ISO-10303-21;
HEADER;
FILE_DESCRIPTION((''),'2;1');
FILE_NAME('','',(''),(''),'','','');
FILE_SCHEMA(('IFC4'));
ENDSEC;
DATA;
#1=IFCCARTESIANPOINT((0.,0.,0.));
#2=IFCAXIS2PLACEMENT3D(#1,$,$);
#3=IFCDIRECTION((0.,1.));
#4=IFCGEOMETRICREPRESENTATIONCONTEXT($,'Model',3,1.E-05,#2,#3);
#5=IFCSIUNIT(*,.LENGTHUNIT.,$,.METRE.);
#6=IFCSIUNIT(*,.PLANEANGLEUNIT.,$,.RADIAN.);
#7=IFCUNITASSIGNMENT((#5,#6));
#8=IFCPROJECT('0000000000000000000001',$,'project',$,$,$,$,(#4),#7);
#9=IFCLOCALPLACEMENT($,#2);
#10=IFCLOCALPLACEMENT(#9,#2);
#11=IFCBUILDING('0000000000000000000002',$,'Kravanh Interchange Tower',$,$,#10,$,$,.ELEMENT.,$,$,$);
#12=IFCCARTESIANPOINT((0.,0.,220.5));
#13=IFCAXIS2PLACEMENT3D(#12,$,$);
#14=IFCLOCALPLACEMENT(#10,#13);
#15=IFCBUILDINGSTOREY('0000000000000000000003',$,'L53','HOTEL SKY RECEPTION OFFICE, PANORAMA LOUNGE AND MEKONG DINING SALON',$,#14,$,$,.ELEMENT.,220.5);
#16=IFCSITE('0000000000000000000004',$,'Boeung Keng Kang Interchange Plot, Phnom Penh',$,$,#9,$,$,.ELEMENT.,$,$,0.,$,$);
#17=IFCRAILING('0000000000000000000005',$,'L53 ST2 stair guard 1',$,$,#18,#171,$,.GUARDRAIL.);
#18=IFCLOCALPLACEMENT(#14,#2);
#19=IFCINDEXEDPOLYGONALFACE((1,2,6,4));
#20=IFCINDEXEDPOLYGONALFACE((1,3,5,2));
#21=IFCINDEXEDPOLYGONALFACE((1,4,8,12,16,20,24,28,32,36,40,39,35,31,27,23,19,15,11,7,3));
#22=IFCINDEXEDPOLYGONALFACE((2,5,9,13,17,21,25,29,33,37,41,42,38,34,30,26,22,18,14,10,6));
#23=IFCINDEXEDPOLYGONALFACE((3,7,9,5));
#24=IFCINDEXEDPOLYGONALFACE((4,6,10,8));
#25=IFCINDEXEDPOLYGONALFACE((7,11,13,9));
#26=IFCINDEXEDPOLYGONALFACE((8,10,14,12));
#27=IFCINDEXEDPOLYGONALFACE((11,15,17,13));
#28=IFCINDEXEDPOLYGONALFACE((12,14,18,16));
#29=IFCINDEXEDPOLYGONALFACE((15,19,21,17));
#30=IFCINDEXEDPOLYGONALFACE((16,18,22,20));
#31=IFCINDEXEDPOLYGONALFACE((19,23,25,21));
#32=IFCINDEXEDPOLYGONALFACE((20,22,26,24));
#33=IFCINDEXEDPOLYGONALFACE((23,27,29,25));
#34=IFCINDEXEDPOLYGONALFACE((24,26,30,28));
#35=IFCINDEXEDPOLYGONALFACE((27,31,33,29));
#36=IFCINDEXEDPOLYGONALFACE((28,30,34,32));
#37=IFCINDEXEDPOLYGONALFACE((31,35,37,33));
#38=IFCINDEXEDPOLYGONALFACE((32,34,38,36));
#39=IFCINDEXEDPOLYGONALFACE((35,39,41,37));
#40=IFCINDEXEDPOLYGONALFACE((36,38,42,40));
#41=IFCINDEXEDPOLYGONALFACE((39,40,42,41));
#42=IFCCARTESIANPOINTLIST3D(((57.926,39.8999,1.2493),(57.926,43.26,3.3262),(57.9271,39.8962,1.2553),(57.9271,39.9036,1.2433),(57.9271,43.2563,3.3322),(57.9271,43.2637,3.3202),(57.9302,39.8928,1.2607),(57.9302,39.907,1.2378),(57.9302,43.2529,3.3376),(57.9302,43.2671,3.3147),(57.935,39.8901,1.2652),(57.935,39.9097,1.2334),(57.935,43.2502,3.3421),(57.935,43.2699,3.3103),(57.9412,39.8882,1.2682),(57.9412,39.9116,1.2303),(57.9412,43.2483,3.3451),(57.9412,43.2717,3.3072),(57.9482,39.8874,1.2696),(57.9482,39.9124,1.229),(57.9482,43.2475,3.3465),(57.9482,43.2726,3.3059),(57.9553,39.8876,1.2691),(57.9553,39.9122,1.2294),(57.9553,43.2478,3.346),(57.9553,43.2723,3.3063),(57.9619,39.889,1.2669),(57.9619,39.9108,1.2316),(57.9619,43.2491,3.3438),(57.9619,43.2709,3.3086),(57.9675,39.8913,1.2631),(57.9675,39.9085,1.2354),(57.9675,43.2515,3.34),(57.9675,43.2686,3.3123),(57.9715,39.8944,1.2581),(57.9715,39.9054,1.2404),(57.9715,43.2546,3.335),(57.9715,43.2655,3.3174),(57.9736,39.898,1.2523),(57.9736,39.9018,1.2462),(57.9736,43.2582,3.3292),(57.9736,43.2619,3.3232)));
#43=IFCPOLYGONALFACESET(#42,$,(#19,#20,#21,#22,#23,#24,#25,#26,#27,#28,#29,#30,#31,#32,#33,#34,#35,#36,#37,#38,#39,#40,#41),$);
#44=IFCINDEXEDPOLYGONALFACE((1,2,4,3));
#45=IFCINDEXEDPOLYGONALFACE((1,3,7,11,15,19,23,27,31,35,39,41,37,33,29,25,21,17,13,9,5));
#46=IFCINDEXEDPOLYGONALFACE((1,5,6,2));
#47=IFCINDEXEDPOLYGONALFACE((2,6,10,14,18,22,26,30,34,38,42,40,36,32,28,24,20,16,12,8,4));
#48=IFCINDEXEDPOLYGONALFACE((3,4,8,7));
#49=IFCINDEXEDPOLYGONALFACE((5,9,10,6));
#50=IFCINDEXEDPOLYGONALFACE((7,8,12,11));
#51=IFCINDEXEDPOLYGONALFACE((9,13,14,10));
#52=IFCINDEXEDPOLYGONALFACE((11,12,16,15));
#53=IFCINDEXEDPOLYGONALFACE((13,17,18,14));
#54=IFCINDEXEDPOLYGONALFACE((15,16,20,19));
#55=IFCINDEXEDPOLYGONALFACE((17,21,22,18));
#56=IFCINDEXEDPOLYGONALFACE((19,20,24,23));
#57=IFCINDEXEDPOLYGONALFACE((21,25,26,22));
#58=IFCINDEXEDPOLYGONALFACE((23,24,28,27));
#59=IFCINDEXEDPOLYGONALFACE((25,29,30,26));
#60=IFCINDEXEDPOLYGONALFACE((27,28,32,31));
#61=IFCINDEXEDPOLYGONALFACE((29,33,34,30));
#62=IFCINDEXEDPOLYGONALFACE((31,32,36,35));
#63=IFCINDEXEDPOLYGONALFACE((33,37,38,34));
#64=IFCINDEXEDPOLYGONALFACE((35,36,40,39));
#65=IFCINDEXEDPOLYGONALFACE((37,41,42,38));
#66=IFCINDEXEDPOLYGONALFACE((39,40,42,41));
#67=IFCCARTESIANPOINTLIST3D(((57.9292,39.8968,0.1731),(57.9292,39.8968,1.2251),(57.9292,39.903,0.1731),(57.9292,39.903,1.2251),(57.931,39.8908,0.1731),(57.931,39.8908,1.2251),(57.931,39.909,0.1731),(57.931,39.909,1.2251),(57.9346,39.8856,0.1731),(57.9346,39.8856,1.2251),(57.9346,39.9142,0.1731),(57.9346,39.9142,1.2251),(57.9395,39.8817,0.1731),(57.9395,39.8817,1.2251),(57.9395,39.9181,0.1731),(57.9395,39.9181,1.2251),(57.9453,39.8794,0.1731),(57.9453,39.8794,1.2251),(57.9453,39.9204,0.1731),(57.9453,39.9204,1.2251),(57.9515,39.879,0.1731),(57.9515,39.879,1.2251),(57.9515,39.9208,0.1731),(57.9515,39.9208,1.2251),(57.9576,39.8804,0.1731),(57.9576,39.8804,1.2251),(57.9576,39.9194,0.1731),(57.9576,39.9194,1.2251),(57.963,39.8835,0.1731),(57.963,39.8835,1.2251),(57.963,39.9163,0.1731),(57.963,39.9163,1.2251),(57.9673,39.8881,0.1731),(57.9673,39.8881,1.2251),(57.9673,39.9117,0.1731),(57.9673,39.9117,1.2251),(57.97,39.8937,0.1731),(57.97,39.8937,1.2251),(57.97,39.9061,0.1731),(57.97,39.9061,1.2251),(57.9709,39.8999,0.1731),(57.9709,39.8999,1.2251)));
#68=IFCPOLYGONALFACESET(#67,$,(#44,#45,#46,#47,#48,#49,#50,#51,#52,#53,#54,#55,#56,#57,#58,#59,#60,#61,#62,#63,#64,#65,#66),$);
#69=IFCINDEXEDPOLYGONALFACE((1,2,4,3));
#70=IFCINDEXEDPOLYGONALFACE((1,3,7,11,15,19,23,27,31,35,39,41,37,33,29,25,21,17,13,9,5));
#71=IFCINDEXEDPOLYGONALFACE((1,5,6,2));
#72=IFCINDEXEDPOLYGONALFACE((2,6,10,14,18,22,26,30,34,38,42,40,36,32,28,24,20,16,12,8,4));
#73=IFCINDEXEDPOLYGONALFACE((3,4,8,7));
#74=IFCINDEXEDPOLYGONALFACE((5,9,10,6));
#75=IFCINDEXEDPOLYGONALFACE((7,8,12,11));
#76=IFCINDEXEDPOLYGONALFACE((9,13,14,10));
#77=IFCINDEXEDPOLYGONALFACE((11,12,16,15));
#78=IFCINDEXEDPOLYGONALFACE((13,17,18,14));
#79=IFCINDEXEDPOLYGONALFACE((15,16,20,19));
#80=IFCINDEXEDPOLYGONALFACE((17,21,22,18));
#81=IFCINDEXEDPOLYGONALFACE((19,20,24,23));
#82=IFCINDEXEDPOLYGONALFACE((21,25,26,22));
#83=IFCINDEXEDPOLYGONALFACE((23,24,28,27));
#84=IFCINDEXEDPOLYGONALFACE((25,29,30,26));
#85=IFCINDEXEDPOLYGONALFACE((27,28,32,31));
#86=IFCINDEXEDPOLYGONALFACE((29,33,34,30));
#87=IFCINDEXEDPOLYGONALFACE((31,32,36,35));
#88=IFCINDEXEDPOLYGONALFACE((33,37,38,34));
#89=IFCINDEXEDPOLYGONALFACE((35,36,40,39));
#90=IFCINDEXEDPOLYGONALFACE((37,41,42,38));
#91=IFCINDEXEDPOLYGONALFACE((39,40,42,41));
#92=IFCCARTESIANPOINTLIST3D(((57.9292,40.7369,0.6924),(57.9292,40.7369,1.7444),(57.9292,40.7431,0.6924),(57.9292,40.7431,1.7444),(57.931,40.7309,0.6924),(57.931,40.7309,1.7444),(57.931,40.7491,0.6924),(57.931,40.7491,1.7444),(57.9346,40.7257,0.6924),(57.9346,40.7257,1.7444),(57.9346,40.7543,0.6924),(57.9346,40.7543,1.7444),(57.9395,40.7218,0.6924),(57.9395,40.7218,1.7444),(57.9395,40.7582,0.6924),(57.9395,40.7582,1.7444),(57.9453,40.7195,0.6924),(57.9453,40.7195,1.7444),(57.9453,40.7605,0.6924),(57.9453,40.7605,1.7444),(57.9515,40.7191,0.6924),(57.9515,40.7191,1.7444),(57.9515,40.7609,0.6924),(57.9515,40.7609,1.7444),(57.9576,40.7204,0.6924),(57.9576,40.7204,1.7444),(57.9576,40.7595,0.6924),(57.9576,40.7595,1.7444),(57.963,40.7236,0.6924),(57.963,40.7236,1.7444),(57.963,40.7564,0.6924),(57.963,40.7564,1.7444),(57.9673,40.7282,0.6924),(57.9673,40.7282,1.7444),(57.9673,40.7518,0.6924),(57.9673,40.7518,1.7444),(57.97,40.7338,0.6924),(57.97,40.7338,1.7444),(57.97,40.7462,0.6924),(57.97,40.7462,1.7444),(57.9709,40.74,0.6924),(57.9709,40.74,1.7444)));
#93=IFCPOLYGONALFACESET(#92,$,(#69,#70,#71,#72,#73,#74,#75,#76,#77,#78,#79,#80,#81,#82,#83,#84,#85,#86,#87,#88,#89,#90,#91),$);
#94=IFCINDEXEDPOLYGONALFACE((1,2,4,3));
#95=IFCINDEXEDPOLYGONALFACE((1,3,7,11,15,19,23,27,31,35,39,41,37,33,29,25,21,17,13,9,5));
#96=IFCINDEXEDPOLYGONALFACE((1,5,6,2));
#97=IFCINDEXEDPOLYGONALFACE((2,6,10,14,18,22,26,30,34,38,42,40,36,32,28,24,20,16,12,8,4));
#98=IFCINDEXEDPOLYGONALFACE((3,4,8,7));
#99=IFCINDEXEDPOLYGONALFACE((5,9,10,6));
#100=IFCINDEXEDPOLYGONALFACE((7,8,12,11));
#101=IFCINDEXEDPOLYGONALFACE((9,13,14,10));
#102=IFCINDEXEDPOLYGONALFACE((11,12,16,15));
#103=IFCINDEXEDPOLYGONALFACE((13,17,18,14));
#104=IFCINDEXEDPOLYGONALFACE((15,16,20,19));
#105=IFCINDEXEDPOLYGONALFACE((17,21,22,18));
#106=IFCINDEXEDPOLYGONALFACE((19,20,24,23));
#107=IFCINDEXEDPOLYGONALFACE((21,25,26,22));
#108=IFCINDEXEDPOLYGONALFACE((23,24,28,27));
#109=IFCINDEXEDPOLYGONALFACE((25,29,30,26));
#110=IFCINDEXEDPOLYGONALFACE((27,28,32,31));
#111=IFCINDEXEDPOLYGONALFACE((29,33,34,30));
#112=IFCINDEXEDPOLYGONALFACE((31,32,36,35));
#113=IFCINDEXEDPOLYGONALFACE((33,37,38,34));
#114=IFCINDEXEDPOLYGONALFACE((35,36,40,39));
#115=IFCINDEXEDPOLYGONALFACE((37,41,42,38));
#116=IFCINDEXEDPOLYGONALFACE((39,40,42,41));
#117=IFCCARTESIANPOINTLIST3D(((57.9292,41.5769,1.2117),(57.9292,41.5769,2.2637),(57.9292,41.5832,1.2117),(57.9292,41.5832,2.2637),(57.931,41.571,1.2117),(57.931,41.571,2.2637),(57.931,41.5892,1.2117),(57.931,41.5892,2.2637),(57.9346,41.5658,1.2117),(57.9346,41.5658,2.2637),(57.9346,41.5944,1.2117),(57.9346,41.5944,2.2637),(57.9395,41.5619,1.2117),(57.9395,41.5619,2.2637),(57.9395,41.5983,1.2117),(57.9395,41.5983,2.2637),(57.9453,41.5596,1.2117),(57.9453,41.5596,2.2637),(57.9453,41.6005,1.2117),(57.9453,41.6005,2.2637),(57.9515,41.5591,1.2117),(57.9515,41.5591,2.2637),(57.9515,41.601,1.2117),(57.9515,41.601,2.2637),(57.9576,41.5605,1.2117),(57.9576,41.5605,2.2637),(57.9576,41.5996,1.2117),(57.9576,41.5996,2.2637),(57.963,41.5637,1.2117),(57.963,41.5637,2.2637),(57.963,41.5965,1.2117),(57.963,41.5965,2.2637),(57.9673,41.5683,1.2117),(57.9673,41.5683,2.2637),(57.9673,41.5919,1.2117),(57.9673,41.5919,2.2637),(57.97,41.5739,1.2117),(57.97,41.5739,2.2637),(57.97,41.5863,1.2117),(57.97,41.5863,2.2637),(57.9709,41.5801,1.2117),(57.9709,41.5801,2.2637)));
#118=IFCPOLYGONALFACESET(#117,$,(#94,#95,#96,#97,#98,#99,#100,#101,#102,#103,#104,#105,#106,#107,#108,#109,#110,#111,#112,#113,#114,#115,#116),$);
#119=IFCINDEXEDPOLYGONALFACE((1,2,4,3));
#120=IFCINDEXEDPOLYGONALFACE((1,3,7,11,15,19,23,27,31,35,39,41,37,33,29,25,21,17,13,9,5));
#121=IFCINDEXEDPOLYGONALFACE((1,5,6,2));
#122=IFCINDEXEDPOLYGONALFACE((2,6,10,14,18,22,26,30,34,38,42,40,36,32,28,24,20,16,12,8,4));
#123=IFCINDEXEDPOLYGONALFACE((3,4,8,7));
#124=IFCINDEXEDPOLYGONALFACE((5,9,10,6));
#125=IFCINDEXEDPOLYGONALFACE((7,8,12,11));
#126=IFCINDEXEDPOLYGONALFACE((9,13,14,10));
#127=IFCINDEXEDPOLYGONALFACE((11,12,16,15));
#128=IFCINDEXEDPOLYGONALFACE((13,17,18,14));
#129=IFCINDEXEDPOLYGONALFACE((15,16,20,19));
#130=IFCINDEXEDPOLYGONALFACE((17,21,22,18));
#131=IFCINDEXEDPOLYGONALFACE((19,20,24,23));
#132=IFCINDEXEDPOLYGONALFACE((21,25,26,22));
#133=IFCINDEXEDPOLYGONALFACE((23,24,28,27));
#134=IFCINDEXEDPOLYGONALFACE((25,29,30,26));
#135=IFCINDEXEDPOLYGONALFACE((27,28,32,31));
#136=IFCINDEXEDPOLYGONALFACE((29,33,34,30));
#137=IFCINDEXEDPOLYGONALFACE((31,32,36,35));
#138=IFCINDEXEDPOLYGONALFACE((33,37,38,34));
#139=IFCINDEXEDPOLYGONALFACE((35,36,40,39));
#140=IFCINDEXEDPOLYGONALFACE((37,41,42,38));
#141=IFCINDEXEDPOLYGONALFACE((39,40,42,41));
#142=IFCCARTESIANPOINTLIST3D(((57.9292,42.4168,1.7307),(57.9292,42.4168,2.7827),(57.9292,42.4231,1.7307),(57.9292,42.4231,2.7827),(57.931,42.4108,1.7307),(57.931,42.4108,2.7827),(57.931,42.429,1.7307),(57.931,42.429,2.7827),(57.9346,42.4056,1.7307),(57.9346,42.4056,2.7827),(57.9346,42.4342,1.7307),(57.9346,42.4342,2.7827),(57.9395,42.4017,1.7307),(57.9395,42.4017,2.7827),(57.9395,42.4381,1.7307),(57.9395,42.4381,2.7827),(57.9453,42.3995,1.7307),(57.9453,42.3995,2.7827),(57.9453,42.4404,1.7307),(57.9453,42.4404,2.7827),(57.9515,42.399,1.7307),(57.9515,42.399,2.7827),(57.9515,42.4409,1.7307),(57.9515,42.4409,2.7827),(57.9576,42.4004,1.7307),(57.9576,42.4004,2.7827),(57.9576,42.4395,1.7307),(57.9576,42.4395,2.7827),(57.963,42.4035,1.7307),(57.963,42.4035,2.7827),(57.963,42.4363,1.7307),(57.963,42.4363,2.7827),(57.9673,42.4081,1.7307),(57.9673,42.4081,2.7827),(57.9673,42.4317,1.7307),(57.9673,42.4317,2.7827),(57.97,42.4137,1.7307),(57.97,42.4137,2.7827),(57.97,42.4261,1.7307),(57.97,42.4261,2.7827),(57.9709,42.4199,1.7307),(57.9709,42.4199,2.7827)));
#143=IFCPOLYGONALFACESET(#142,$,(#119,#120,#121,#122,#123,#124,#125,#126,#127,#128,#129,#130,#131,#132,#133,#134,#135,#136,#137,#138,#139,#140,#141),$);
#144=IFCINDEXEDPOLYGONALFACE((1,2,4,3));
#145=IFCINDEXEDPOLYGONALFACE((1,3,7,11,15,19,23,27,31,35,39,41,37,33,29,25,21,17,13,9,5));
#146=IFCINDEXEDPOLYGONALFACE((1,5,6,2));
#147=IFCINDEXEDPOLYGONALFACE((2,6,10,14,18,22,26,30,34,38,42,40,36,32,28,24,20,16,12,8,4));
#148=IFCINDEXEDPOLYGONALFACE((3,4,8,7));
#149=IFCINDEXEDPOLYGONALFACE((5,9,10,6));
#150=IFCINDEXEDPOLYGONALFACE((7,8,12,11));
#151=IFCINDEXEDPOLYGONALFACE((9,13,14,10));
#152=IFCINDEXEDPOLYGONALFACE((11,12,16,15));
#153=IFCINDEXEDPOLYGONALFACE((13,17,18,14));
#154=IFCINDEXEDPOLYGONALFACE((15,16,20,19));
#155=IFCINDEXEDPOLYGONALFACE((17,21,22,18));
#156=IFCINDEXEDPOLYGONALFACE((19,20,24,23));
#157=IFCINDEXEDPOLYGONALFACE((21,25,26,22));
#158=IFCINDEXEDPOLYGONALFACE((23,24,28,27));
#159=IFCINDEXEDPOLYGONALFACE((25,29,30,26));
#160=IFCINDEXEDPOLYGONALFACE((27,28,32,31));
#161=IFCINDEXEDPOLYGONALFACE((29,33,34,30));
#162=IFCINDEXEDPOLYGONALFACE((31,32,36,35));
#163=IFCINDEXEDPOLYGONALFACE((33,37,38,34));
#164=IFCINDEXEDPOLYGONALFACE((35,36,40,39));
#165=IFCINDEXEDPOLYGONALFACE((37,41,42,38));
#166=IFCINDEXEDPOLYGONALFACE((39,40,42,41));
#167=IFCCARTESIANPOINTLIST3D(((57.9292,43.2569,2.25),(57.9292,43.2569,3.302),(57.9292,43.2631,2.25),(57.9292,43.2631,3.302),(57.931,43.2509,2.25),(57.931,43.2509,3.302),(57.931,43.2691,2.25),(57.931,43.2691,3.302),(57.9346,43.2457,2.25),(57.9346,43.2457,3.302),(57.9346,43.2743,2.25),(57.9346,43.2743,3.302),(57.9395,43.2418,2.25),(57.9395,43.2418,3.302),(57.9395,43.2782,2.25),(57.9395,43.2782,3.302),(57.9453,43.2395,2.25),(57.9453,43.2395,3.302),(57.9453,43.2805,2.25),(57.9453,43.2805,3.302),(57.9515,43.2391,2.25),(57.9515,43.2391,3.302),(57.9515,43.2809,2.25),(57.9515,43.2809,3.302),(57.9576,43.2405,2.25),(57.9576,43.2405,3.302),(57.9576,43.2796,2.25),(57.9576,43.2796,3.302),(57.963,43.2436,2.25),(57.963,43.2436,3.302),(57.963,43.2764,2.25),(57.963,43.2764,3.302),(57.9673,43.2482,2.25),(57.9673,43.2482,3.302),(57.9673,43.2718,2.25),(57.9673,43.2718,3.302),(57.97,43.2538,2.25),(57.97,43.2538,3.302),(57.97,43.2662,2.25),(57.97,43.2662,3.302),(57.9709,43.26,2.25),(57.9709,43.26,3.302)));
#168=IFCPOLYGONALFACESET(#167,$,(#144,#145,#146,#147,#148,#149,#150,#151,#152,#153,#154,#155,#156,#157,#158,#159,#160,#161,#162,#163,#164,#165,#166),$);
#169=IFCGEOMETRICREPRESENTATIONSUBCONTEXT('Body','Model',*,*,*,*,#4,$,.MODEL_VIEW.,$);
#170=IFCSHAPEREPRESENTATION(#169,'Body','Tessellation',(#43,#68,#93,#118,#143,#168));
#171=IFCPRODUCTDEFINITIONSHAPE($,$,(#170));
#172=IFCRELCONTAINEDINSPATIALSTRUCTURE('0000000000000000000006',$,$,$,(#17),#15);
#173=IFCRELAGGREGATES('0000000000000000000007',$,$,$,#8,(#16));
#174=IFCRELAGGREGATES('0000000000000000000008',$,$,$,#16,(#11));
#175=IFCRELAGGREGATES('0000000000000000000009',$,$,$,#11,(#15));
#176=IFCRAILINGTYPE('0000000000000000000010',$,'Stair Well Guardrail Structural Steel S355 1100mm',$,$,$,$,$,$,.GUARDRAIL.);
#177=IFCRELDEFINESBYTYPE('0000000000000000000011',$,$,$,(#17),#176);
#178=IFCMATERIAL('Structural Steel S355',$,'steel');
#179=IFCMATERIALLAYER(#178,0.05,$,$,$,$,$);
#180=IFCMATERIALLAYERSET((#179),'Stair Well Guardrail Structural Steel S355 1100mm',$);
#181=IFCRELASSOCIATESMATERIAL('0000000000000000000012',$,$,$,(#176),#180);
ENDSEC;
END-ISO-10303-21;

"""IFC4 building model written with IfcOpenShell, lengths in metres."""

from ifc_helpers import new_model, si_unit, direction, frame, origin, origin_2d, place, context, subcontext, project, spatial, circle, extrude, material, layer, layer_set, type_object, element, save


model = new_model("IFC4")

# Units and contexts
model_context = context("Model", 3, precision=1e-05, world=origin(), true_north=direction((0.0, 1.0)))
body_context = subcontext(model_context, "Body", "Model", "MODEL_VIEW")
ifc_project = project(units=[si_unit("LENGTHUNIT", "METRE"), si_unit("PLANEANGLEUNIT", "RADIAN")], contexts=[model_context])

# Site, building, storey
site_placement = place(None, origin())
site = spatial("IfcSite", under=ifc_project, at=site_placement, Name="Boeung Keng Kang Interchange Plot, Phnom Penh", CompositionType="ELEMENT", RefElevation=0.0)
building_placement = place(site_placement, origin())
building = spatial("IfcBuilding", under=site, at=building_placement, Name="Kravanh Interchange Tower", CompositionType="ELEMENT")
storey_placement = place(building_placement, frame((0.0, 0.0, 220.5)))
storey = spatial("IfcBuildingStorey", under=building, at=storey_placement, Name="L53", Description="HOTEL SKY RECEPTION OFFICE, PANORAMA LOUNGE AND MEKONG DINING SALON", CompositionType="ELEMENT", Elevation=220.5)

# Railing
ifc_material_1 = material(Name="Structural Steel S355", Category="steel")
ifc_layer_1 = layer(ifc_material_1, 0.05)
ifc_layer_set_1 = layer_set([ifc_layer_1], Name="Stair Well Guardrail Structural Steel S355 1100mm")
railing_type_1 = type_object("IfcRailingType", Name="Stair Well Guardrail Structural Steel S355 1100mm", PredefinedType="GUARDRAIL", material=ifc_layer_set_1)
railing_1_placement = place(storey_placement, frame((57.95, 39.8999, 0.1731)))
element("IfcRailing", 1, at=railing_1_placement, inside=storey, type_object=railing_type_1, Name="L53 ST2 stair guard 1", PredefinedType="GUARDRAIL", context=body_context, shape_type="SweptSolid", body=[
    extrude(circle(Radius=0.0239, at=origin_2d()), frame((0.0, 0.0, 1.0762), z_axis=(0.0, 0.850623, 0.525776), x_axis=(-1.0, 0.0, 0.0)), (0.0, 0.0, 1.0), 3.9502),
    extrude(circle(Radius=0.021, at=origin_2d()), origin(), (0.0, 0.0, 1.0), 1.052),
    extrude(circle(Radius=0.021, at=origin_2d()), frame((0.0, 0.8401, 0.5193)), (0.0, 0.0, 1.0), 1.052),
    extrude(circle(Radius=0.021, at=origin_2d()), frame((0.0, 1.6802, 1.0386)), (0.0, 0.0, 1.0), 1.052),
    extrude(circle(Radius=0.021, at=origin_2d()), frame((0.0, 2.52, 1.5576)), (0.0, 0.0, 1.0), 1.052),
    extrude(circle(Radius=0.021, at=origin_2d()), frame((0.0, 3.3601, 2.0769)), (0.0, 0.0, 1.0), 1.052),
])

save(model, "model.ifc")
